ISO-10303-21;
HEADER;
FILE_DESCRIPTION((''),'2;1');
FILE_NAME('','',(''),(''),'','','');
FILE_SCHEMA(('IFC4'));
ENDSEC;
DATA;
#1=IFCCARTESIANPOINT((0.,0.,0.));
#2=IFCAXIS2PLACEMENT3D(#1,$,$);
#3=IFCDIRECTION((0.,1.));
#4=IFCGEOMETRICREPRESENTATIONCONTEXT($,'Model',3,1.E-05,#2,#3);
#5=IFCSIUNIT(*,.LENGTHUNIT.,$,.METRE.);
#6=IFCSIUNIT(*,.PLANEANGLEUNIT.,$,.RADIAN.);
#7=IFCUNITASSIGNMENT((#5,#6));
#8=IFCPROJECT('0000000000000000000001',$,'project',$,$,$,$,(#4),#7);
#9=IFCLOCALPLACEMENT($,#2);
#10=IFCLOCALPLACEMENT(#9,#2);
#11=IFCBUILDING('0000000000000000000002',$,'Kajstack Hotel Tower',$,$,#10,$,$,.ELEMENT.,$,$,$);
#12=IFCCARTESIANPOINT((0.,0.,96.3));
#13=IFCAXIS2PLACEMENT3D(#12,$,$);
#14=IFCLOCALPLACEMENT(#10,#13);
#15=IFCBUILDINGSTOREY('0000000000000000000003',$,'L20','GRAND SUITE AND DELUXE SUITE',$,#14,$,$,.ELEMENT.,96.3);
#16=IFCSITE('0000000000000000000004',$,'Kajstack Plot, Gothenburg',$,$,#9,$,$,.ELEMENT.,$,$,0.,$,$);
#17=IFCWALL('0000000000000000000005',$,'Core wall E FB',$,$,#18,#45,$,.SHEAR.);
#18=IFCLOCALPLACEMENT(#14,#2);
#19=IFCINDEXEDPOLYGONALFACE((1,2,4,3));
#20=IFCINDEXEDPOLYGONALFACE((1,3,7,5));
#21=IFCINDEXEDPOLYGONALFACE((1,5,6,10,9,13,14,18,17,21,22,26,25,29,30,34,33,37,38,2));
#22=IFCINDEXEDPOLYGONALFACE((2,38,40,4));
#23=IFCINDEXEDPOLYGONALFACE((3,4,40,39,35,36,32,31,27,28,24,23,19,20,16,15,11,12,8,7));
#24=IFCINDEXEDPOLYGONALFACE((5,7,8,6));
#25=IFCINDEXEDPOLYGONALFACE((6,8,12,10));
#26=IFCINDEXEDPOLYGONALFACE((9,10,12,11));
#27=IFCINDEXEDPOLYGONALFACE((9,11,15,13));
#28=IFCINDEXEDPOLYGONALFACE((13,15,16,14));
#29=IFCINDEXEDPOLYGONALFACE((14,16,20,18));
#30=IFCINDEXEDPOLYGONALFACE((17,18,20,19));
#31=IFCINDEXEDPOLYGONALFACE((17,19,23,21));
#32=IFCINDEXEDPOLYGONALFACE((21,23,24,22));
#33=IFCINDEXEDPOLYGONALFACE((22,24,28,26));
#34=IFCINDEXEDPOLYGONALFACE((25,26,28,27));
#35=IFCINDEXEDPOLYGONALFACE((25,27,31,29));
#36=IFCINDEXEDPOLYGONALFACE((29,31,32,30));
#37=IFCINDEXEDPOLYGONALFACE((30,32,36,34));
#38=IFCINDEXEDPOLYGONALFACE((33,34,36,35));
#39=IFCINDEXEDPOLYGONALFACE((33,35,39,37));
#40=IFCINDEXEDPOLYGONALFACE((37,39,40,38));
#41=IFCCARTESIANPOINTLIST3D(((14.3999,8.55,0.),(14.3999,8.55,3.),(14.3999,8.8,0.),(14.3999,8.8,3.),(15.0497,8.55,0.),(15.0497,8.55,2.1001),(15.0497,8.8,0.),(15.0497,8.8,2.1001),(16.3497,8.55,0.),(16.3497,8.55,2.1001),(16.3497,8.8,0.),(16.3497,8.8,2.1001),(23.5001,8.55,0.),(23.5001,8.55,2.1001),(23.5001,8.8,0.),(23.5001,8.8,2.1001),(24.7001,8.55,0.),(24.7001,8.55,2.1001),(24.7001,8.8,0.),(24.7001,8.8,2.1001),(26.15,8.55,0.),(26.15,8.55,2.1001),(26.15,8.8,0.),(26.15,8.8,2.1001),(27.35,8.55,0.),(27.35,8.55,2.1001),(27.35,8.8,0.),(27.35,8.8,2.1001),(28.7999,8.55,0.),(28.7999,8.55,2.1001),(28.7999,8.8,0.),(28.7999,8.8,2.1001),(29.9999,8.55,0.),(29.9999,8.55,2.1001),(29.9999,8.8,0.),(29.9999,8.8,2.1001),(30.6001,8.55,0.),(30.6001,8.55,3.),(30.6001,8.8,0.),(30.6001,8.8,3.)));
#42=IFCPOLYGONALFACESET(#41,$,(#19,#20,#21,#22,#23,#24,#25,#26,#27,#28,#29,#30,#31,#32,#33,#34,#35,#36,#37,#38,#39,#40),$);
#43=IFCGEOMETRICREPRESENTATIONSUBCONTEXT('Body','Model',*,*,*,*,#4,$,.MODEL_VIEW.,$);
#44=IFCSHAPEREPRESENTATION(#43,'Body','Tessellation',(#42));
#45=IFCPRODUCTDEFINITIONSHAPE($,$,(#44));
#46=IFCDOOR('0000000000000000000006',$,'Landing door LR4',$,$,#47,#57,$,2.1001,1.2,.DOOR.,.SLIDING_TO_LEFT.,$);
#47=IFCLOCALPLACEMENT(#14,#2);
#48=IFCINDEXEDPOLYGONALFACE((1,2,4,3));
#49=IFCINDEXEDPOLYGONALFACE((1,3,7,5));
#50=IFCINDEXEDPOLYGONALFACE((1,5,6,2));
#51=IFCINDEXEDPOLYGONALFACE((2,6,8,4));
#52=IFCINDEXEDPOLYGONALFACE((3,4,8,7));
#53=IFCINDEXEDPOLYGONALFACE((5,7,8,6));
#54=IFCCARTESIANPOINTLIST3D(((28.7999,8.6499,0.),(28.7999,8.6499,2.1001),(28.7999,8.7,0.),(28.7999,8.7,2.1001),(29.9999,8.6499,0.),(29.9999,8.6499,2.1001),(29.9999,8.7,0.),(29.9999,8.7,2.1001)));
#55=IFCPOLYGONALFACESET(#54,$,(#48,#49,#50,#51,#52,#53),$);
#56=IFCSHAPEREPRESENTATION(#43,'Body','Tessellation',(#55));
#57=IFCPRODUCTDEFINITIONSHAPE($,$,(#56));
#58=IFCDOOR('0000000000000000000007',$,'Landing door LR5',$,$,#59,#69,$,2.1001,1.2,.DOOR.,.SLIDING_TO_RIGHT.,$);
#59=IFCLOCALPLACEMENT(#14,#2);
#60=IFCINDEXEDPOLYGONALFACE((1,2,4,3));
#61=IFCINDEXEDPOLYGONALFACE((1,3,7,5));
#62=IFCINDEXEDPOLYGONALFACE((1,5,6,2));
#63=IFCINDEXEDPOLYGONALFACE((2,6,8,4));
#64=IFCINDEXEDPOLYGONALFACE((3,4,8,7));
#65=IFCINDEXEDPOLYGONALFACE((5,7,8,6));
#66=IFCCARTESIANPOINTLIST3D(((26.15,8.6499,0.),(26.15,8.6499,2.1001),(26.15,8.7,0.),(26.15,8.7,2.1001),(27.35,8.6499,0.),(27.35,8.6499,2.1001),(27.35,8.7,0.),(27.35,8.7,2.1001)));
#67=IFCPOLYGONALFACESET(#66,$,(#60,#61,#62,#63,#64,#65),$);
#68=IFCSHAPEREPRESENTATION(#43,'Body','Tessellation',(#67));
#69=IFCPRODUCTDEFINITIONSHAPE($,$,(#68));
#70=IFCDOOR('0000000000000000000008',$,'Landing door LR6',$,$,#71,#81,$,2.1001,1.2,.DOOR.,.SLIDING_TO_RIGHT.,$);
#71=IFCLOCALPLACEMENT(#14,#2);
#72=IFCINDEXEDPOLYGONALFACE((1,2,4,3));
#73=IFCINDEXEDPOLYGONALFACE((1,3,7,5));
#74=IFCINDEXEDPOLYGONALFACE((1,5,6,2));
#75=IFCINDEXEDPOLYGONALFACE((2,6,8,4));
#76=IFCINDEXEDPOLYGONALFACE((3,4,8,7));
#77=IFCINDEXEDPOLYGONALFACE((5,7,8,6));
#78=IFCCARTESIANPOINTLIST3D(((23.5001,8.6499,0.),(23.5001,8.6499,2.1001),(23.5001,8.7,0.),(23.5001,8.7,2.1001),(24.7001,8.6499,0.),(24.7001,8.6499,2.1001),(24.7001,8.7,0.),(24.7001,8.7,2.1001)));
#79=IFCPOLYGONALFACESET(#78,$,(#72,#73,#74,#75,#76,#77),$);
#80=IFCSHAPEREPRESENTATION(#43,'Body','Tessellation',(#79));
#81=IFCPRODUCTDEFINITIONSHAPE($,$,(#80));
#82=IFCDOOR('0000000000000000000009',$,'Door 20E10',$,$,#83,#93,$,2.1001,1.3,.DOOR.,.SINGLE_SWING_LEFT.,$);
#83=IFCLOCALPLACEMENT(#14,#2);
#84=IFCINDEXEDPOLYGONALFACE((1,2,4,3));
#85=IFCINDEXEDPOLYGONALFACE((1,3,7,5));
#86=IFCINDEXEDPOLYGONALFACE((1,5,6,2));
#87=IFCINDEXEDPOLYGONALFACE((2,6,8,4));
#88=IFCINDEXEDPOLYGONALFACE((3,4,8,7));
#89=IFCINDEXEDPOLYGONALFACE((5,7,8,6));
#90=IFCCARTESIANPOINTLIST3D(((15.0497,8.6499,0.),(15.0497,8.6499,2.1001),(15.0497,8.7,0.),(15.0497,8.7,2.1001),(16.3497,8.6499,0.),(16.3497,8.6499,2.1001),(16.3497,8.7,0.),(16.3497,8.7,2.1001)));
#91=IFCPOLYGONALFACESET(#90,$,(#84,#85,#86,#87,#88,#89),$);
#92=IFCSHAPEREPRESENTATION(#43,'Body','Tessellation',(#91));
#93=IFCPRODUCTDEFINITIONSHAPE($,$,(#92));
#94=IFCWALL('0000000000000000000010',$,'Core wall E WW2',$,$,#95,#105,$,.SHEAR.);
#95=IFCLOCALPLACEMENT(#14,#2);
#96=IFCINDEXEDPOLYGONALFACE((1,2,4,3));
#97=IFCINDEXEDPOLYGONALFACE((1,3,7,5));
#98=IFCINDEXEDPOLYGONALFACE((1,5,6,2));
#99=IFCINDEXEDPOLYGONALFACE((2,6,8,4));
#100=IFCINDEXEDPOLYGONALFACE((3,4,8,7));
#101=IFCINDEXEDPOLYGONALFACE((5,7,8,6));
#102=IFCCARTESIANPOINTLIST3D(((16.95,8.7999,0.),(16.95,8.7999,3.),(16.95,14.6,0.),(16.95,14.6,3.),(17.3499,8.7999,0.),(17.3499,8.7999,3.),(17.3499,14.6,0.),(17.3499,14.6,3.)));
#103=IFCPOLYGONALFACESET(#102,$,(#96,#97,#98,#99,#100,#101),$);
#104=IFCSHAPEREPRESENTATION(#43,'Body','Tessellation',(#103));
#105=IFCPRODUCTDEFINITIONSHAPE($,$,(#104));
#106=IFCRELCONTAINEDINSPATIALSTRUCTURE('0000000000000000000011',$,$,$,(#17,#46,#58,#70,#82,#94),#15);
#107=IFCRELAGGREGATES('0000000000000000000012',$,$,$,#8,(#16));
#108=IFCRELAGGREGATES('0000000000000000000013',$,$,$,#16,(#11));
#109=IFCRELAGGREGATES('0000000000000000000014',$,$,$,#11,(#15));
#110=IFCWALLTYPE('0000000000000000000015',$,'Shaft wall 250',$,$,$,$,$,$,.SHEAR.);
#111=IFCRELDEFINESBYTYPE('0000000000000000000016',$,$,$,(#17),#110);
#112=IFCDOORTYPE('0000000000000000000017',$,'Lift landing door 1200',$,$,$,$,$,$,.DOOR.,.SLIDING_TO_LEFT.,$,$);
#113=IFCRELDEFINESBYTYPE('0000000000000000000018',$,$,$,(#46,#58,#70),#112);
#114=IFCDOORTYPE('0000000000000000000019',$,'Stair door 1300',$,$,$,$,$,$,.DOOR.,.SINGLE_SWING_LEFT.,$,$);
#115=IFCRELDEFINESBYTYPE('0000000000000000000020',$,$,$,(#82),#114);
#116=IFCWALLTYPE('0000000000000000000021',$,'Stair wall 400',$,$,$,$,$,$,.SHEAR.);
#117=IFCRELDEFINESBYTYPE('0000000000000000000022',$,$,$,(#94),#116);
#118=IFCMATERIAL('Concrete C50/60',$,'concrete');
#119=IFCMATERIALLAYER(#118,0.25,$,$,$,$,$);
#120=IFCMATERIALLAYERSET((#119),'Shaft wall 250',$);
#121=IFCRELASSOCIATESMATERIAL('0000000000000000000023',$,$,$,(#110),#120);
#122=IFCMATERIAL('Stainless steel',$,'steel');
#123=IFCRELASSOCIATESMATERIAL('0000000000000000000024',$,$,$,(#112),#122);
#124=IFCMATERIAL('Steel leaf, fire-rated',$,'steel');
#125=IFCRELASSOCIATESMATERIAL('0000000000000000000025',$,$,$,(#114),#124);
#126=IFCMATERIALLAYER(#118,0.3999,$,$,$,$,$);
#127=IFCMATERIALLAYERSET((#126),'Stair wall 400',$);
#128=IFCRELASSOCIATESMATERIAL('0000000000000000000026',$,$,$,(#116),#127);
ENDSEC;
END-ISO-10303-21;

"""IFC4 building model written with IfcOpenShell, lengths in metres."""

from ifc_helpers import new_model, si_unit, direction, frame, frame_2d, origin, place, context, subcontext, project, spatial, rectangle, extrude, material, layer, layer_set, type_object, element, fill, save


model = new_model("IFC4")

# Units and contexts
model_context = context("Model", 3, precision=1e-05, world=origin(), true_north=direction((0.0, 1.0)))
body_context = subcontext(model_context, "Body", "Model", "MODEL_VIEW")
ifc_project = project(units=[si_unit("LENGTHUNIT", "METRE"), si_unit("PLANEANGLEUNIT", "RADIAN")], contexts=[model_context])

# Site, building, storey
site_placement = place(None, origin())
site = spatial("IfcSite", under=ifc_project, at=site_placement, Name="Kajstack Plot, Gothenburg", CompositionType="ELEMENT", RefElevation=0.0)
building_placement = place(site_placement, origin())
building = spatial("IfcBuilding", under=site, at=building_placement, Name="Kajstack Hotel Tower", CompositionType="ELEMENT")
storey_placement = place(building_placement, frame((0.0, 0.0, 96.3)))
storey = spatial("IfcBuildingStorey", under=building, at=storey_placement, Name="L20", Description="GRAND SUITE AND DELUXE SUITE", CompositionType="ELEMENT", Elevation=96.3)

# Shared definitions
ifc_material_1 = material(Name="Concrete C50/60", Category="concrete")
ifc_layer_1 = layer(ifc_material_1, 0.25)
ifc_layer_set_1 = layer_set([ifc_layer_1], Name="Shaft wall 250")
wall_type_1 = type_object("IfcWallType", Name="Shaft wall 250", PredefinedType="SHEAR", material=ifc_layer_set_1)

# Wall, openings, doors
wall_1_placement = place(storey_placement, frame((14.3999, 8.675, 0.0), z_axis=(0.0, 0.0, 1.0), x_axis=(1.0, 0.0, 0.0)))
wall_1 = element("IfcWall", 1, at=wall_1_placement, inside=storey, type_object=wall_type_1, Name="Core wall E FB", PredefinedType="SHEAR", context=body_context, shape_type="SweptSolid", body=[
    extrude(rectangle(XDim=16.2002, YDim=0.25, at=frame_2d((8.1001, 0.0))), origin(), (0.0, 0.0, 1.0), 3.0),
])
opening_1_placement = place(wall_1_placement, frame((14.3999, 0.0, 0.0)))
opening_1 = element("IfcOpeningElement", 2, at=opening_1_placement, cuts=wall_1, PredefinedType="OPENING", context=body_context, shape_type="SweptSolid", body=[
    extrude(rectangle(XDim=1.2, YDim=2.1001, at=frame_2d((0.6001, 1.05))), frame((0.0, 0.135, 0.0), z_axis=(0.0, -1.0, 0.0), x_axis=(1.0, 0.0, 0.0)), (0.0, 0.0, 1.0), 0.27),
])
opening_2_placement = place(wall_1_placement, frame((11.75, 0.0, 0.0)))
opening_2 = element("IfcOpeningElement", 3, at=opening_2_placement, cuts=wall_1, PredefinedType="OPENING", context=body_context, shape_type="SweptSolid", body=[
    extrude(rectangle(XDim=1.2, YDim=2.1001, at=frame_2d((0.6001, 1.05))), frame((0.0, 0.135, 0.0), z_axis=(0.0, -1.0, 0.0), x_axis=(1.0, 0.0, 0.0)), (0.0, 0.0, 1.0), 0.27),
])
opening_3_placement = place(wall_1_placement, frame((9.1001, 0.0, 0.0)))
opening_3 = element("IfcOpeningElement", 4, at=opening_3_placement, cuts=wall_1, PredefinedType="OPENING", context=body_context, shape_type="SweptSolid", body=[
    extrude(rectangle(XDim=1.2, YDim=2.1001, at=frame_2d((0.6001, 1.05))), frame((0.0, 0.135, 0.0), z_axis=(0.0, -1.0, 0.0), x_axis=(1.0, 0.0, 0.0)), (0.0, 0.0, 1.0), 0.27),
])
opening_4_placement = place(wall_1_placement, frame((0.6499, 0.0, 0.0)))
opening_4 = element("IfcOpeningElement", 5, at=opening_4_placement, cuts=wall_1, PredefinedType="OPENING", context=body_context, shape_type="SweptSolid", body=[
    extrude(rectangle(XDim=1.3, YDim=2.1001, at=frame_2d((0.6499, 1.05))), frame((0.0, 0.135, 0.0), z_axis=(0.0, -1.0, 0.0), x_axis=(1.0, 0.0, 0.0)), (0.0, 0.0, 1.0), 0.27),
])
ifc_material_2 = material(Name="Stainless steel", Category="steel")
door_type_1 = type_object("IfcDoorType", Name="Lift landing door 1200", OperationType="SLIDING_TO_LEFT", PredefinedType="DOOR", material=ifc_material_2)
door_1_placement = place(opening_1_placement, origin())
door_1 = element("IfcDoor", 6, at=door_1_placement, inside=storey, type_object=door_type_1, Name="Landing door LR4", OperationType="SLIDING_TO_LEFT", OverallHeight=2.1001, OverallWidth=1.2, PredefinedType="DOOR", context=body_context, shape_type="SweptSolid", body=[
    extrude(rectangle(XDim=1.2, YDim=2.1001, at=frame_2d((0.6001, 1.05))), frame((0.0, 0.0249, 0.0), z_axis=(0.0, -1.0, 0.0), x_axis=(1.0, 0.0, 0.0)), (0.0, 0.0, 1.0), 0.05),
])
fill(opening_1, door_1)
door_2_placement = place(opening_2_placement, origin())
door_2 = element("IfcDoor", 7, at=door_2_placement, inside=storey, type_object=door_type_1, Name="Landing door LR5", OperationType="SLIDING_TO_RIGHT", OverallHeight=2.1001, OverallWidth=1.2, PredefinedType="DOOR", context=body_context, shape_type="SweptSolid", body=[
    extrude(rectangle(XDim=1.2, YDim=2.1001, at=frame_2d((0.6001, 1.05))), frame((0.0, 0.0249, 0.0), z_axis=(0.0, -1.0, 0.0), x_axis=(1.0, 0.0, 0.0)), (0.0, 0.0, 1.0), 0.05),
])
fill(opening_2, door_2)
door_3_placement = place(opening_3_placement, origin())
door_3 = element("IfcDoor", 8, at=door_3_placement, inside=storey, type_object=door_type_1, Name="Landing door LR6", OperationType="SLIDING_TO_RIGHT", OverallHeight=2.1001, OverallWidth=1.2, PredefinedType="DOOR", context=body_context, shape_type="SweptSolid", body=[
    extrude(rectangle(XDim=1.2, YDim=2.1001, at=frame_2d((0.6001, 1.05))), frame((0.0, 0.0249, 0.0), z_axis=(0.0, -1.0, 0.0), x_axis=(1.0, 0.0, 0.0)), (0.0, 0.0, 1.0), 0.05),
])
fill(opening_3, door_3)
ifc_material_3 = material(Name="Steel leaf, fire-rated", Category="steel")
door_type_2 = type_object("IfcDoorType", Name="Stair door 1300", OperationType="SINGLE_SWING_LEFT", PredefinedType="DOOR", material=ifc_material_3)
door_4_placement = place(opening_4_placement, origin())
door_4 = element("IfcDoor", 9, at=door_4_placement, inside=storey, type_object=door_type_2, Name="Door 20E10", OperationType="SINGLE_SWING_LEFT", OverallHeight=2.1001, OverallWidth=1.3, PredefinedType="DOOR", context=body_context, shape_type="SweptSolid", body=[
    extrude(rectangle(XDim=1.3, YDim=2.1001, at=frame_2d((0.6499, 1.05))), frame((0.0, 0.0249, 0.0), z_axis=(0.0, -1.0, 0.0), x_axis=(1.0, 0.0, 0.0)), (0.0, 0.0, 1.0), 0.05),
])
fill(opening_4, door_4)

# Wall
ifc_layer_2 = layer(ifc_material_1, 0.3999)
ifc_layer_set_2 = layer_set([ifc_layer_2], Name="Stair wall 400")
wall_type_2 = type_object("IfcWallType", Name="Stair wall 400", PredefinedType="SHEAR", material=ifc_layer_set_2)
wall_2_placement = place(storey_placement, frame((17.1499, 8.8, 0.0), z_axis=(0.0, 0.0, 1.0), x_axis=(0.0, 1.0, 0.0)))
element("IfcWall", 10, at=wall_2_placement, inside=storey, type_object=wall_type_2, Name="Core wall E WW2", PredefinedType="SHEAR", context=body_context, shape_type="SweptSolid", body=[
    extrude(rectangle(XDim=5.8, YDim=0.3999, at=frame_2d((2.8999, 0.0))), origin(), (0.0, 0.0, 1.0), 3.0),
])

save(model, "model.ifc")
